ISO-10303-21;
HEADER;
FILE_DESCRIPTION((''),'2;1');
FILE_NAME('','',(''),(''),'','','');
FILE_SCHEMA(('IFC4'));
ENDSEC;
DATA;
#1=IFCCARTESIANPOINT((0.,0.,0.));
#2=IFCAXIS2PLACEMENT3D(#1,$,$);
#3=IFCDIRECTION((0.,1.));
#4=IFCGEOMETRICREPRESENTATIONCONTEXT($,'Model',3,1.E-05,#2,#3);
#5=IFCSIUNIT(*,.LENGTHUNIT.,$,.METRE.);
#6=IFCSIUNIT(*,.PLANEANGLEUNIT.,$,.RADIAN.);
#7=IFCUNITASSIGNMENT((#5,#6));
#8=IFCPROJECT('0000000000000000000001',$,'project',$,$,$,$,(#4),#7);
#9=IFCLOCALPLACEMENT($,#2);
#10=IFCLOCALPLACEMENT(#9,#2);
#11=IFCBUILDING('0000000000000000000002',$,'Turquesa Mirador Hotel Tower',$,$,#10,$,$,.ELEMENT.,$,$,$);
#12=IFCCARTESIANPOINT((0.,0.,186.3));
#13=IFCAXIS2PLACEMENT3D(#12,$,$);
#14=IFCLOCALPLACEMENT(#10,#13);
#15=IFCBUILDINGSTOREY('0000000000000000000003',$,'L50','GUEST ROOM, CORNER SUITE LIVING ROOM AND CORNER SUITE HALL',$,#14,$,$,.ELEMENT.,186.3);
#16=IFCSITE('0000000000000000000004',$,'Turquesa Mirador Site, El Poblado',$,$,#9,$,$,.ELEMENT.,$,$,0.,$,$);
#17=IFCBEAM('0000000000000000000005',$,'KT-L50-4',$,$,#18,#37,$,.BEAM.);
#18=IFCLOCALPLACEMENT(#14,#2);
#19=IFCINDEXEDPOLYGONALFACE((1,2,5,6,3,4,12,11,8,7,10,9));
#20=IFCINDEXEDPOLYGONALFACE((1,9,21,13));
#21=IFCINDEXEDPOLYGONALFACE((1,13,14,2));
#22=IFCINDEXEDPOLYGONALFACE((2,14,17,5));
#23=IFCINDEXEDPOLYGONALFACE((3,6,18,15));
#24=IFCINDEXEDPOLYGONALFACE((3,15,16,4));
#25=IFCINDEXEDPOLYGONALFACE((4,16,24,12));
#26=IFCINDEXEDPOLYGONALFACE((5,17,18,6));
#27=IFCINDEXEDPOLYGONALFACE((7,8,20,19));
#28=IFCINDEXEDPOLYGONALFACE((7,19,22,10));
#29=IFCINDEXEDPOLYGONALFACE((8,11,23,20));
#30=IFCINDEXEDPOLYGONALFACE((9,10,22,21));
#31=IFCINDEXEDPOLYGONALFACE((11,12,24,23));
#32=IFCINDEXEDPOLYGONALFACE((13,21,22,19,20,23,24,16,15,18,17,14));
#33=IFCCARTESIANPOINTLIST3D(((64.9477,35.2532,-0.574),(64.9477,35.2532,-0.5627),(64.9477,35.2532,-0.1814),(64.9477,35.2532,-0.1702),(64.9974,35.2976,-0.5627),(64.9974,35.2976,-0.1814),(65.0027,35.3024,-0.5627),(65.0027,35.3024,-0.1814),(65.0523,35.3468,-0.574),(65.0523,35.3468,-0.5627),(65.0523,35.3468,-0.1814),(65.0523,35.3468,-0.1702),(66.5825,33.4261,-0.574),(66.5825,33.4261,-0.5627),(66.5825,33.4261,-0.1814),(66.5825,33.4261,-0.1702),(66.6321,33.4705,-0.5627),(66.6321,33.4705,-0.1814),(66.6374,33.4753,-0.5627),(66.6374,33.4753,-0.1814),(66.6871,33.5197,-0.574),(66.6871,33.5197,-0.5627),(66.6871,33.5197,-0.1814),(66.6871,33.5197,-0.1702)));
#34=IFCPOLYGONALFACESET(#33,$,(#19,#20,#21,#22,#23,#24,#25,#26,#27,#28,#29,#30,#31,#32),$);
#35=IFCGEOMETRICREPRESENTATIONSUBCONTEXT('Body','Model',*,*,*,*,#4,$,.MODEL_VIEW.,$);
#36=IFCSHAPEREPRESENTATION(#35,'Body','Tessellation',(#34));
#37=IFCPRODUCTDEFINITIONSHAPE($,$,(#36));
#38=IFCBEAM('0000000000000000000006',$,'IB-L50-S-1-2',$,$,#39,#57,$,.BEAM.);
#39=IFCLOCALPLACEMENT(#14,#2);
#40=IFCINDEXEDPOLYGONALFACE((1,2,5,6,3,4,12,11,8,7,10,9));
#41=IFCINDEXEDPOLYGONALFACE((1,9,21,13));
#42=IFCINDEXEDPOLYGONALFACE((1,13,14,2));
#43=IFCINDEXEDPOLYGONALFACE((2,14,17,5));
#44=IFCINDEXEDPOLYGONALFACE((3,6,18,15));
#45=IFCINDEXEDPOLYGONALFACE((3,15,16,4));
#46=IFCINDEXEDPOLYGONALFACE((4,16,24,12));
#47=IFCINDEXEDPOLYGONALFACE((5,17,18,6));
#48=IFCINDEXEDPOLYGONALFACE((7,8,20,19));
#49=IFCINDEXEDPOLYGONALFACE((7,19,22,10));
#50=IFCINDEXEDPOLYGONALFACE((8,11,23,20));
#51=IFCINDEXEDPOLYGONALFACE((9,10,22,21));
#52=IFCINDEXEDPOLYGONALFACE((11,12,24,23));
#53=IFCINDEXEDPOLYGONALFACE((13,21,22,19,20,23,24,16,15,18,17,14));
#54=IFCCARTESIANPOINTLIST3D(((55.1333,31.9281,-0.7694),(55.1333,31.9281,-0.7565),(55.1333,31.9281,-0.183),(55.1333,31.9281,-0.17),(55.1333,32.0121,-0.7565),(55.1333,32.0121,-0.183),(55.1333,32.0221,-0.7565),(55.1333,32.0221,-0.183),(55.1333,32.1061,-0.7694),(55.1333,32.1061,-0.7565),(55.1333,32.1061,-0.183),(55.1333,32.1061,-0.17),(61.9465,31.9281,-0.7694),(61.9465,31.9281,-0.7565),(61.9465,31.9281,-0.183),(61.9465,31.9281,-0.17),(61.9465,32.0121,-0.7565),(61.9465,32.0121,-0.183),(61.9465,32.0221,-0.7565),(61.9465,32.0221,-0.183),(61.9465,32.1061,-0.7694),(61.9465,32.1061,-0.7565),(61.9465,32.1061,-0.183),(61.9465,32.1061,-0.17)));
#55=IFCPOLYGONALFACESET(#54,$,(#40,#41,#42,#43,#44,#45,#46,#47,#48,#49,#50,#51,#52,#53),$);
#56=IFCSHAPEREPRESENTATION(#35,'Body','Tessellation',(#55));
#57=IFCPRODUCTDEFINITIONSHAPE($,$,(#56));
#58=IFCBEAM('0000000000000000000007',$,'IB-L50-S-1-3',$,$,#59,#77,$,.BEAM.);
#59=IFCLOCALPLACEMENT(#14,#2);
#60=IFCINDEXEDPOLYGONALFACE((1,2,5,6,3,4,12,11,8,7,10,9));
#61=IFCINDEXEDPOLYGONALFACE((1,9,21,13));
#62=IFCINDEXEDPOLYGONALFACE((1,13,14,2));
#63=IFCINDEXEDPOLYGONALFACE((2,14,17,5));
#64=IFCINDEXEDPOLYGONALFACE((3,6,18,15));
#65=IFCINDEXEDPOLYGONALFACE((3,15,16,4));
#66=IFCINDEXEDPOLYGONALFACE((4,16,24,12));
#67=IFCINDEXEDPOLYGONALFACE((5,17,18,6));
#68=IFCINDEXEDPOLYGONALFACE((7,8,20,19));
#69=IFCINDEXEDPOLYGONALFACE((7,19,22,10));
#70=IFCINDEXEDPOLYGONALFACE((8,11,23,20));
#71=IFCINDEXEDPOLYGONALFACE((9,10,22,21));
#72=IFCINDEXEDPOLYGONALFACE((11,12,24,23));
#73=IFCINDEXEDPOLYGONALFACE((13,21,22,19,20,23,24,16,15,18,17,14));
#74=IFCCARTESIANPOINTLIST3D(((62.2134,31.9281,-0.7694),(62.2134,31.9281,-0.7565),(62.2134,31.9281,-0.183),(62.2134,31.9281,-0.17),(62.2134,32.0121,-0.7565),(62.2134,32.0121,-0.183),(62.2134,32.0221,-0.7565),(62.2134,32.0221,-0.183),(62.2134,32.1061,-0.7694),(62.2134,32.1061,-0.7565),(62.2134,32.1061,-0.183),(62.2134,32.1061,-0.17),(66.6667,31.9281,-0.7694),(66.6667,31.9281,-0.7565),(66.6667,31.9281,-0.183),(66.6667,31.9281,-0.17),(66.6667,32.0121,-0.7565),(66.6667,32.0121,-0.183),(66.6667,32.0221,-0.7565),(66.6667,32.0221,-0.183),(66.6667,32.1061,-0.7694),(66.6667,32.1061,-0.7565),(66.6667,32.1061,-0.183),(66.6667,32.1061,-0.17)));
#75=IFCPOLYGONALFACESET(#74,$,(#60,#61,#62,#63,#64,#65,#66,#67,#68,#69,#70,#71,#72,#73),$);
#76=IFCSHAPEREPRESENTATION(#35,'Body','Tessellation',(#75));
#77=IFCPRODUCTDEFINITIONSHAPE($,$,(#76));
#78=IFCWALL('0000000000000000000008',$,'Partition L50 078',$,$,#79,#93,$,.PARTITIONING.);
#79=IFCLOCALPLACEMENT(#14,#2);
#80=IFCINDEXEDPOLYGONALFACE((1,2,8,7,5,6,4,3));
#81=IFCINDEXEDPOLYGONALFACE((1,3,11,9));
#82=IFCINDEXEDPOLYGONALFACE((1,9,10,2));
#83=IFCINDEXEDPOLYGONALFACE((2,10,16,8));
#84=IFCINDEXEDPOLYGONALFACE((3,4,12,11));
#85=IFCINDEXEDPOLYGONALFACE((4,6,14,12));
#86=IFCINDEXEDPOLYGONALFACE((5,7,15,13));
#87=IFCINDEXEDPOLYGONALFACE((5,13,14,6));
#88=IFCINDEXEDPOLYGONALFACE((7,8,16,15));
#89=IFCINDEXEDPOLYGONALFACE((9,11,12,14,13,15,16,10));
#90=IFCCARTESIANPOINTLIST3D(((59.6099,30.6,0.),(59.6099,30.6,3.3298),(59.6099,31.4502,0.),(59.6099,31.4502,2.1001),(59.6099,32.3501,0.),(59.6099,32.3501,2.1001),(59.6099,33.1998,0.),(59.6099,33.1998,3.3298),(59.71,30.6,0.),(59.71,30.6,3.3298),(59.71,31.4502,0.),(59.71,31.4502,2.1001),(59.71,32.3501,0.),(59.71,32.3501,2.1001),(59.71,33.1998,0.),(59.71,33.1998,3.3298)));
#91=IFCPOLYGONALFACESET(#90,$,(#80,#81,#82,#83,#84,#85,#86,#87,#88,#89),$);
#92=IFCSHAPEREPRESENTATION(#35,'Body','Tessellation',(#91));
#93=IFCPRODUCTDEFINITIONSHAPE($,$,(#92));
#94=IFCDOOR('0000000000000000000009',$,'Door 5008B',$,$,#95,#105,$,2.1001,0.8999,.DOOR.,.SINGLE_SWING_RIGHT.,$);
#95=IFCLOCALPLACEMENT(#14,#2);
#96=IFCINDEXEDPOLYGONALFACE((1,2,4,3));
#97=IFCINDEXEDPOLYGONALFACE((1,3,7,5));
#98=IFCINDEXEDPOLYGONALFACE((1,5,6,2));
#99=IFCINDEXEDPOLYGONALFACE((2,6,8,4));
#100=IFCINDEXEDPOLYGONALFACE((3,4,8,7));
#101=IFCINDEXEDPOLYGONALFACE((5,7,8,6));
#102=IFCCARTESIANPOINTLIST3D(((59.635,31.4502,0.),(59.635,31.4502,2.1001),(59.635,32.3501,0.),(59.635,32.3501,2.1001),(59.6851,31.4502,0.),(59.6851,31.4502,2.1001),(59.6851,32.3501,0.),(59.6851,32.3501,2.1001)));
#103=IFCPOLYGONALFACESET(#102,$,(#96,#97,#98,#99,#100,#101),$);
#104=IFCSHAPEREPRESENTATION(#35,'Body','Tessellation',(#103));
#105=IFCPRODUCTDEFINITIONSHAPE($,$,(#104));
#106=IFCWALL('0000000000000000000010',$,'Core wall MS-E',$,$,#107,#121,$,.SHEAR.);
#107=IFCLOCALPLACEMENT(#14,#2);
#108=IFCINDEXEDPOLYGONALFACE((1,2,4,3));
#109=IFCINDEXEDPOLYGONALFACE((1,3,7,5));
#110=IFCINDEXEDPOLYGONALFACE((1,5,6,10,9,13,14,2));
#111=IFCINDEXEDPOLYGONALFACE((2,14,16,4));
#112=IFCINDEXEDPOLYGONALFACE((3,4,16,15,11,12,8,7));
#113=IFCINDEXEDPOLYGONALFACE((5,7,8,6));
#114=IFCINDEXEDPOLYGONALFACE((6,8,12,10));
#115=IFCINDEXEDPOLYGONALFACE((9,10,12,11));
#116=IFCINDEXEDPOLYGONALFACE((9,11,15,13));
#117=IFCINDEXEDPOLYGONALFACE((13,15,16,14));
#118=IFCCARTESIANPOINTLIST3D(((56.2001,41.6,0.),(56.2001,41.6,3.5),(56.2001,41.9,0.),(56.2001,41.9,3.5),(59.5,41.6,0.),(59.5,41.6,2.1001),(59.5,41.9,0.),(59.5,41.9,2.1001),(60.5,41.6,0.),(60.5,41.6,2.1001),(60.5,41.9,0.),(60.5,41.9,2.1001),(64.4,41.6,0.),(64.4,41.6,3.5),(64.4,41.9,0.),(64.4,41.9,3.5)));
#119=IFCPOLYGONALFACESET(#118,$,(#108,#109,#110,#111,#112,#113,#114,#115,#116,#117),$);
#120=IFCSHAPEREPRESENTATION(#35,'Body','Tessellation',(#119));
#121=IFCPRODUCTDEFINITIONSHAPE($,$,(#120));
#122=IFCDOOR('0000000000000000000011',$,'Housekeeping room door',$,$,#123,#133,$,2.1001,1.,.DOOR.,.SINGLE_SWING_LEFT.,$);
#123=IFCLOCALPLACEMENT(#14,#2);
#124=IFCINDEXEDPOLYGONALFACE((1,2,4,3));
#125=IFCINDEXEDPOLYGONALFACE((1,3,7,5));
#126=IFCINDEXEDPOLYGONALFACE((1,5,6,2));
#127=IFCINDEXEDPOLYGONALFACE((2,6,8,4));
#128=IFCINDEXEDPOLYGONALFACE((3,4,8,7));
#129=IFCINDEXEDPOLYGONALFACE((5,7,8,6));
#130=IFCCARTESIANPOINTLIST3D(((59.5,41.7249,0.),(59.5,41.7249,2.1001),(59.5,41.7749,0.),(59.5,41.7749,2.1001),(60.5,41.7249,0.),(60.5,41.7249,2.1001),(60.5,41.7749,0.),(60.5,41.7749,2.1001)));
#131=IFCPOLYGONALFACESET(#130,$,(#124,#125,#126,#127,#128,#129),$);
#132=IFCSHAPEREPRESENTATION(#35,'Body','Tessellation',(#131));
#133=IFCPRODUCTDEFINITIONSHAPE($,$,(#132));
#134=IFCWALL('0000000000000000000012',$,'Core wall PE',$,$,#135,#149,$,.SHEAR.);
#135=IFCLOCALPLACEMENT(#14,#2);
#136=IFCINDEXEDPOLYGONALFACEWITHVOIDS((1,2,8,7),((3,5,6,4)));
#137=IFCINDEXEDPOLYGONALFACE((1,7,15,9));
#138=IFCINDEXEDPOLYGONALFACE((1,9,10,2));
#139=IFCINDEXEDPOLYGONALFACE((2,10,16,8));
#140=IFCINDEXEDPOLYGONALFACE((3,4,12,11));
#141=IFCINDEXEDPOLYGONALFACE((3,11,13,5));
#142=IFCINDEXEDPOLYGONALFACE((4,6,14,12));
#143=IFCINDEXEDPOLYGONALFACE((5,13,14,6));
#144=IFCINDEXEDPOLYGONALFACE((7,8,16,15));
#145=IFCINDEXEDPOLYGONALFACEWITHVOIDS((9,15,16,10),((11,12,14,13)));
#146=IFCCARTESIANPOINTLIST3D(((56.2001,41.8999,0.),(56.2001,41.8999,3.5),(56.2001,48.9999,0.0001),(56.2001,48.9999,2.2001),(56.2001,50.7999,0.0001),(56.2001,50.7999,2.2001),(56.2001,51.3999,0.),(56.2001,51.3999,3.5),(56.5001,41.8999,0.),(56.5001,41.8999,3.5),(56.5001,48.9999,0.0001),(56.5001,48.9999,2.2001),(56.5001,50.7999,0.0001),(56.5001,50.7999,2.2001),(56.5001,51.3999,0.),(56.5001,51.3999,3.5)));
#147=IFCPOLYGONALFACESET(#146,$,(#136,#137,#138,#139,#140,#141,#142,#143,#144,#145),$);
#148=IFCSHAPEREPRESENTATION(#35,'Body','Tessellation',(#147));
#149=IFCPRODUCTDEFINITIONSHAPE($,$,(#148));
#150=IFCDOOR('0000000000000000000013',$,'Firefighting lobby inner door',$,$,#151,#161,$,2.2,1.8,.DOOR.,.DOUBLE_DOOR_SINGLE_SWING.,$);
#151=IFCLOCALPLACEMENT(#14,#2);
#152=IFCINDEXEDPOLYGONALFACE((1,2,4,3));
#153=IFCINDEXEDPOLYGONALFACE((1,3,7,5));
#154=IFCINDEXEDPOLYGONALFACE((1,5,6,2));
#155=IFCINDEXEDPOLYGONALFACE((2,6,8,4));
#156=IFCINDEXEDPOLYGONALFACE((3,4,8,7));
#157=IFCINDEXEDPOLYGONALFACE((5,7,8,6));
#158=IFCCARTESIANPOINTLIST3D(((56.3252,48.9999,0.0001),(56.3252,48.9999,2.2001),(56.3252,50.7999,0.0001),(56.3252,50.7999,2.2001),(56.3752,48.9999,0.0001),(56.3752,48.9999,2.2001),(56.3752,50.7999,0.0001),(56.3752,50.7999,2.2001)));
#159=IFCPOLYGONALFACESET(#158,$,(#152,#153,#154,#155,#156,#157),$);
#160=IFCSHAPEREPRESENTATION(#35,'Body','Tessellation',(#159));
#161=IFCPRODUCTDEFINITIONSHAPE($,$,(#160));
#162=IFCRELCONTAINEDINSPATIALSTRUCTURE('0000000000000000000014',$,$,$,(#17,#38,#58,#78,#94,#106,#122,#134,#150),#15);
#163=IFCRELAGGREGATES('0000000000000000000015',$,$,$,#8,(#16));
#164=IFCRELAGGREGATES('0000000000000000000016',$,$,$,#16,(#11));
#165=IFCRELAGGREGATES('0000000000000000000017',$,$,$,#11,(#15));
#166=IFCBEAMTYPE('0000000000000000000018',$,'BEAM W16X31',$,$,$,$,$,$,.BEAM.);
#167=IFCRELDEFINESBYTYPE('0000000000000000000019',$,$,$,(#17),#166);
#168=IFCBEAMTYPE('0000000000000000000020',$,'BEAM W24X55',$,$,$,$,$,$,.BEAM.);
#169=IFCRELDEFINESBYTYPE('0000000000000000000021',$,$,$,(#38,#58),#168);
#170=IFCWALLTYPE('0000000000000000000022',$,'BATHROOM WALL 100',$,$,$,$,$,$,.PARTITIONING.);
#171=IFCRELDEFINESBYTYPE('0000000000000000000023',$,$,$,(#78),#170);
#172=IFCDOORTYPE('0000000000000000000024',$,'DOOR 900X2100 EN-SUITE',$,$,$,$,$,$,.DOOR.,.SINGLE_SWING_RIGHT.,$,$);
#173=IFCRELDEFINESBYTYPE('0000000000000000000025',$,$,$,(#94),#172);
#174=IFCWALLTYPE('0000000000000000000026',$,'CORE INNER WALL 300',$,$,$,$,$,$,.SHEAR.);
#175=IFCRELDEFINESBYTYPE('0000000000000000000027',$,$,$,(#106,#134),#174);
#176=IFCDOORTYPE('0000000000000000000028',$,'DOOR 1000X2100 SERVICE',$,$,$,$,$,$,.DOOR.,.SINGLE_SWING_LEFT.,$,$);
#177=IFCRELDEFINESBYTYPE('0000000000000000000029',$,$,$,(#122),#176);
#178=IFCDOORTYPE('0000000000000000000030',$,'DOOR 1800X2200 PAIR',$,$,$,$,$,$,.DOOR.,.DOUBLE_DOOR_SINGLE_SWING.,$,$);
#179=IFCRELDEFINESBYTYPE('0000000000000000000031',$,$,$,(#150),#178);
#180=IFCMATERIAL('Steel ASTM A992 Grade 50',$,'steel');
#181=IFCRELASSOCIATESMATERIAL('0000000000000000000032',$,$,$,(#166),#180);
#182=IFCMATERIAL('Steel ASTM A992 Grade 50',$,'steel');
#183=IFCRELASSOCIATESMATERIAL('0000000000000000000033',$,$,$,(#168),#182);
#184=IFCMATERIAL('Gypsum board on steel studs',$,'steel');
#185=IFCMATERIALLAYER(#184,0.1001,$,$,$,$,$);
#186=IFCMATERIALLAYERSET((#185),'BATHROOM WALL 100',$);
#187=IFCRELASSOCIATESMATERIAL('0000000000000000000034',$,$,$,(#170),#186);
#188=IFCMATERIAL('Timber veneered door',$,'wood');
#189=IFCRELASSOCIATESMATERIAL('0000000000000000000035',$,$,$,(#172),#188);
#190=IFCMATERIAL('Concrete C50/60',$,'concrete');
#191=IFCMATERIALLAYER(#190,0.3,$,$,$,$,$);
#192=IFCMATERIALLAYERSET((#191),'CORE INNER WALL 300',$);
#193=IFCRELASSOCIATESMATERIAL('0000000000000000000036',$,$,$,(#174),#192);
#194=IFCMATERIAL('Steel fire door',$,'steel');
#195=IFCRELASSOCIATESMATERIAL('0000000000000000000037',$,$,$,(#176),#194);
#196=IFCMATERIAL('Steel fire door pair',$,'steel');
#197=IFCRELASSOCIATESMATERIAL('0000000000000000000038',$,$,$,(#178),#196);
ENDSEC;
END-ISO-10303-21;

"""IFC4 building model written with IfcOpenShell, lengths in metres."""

from ifc_helpers import new_model, si_unit, direction, frame, frame_2d, origin, origin_2d, place, context, subcontext, project, spatial, rectangle, i_section, extrude, material, layer, layer_set, material_profile, profile_set, type_object, element, fill, save


model = new_model("IFC4")

# Units and contexts
model_context = context("Model", 3, precision=1e-05, world=origin(), true_north=direction((0.0, 1.0)))
body_context = subcontext(model_context, "Body", "Model", "MODEL_VIEW")
ifc_project = project(units=[si_unit("LENGTHUNIT", "METRE"), si_unit("PLANEANGLEUNIT", "RADIAN")], contexts=[model_context])

# Site, building, storey
site_placement = place(None, origin())
site = spatial("IfcSite", under=ifc_project, at=site_placement, Name="Turquesa Mirador Site, El Poblado", CompositionType="ELEMENT", RefElevation=0.0)
building_placement = place(site_placement, origin())
building = spatial("IfcBuilding", under=site, at=building_placement, Name="Turquesa Mirador Hotel Tower", CompositionType="ELEMENT")
storey_placement = place(building_placement, frame((0.0, 0.0, 186.3)))
storey = spatial("IfcBuildingStorey", under=building, at=storey_placement, Name="L50", Description="GUEST ROOM, CORNER SUITE LIVING ROOM AND CORNER SUITE HALL", CompositionType="ELEMENT", Elevation=186.3)

# Beams
ifc_material_1 = material(Name="Steel ASTM A992 Grade 50", Category="steel")
ifc_material_profile_1 = material_profile(ifc_material_1, i_section(OverallWidth=0.1404, OverallDepth=0.4038, WebThickness=0.0071, FlangeThickness=0.0112, at=origin_2d()), Name="W16X31")
ifc_profile_set_1 = profile_set([ifc_material_profile_1], Name="Steel ASTM A992 Grade 50")
beam_type_1 = type_object("IfcBeamType", Name="BEAM W16X31", PredefinedType="BEAM", material=ifc_profile_set_1)
beam_1_placement = place(storey_placement, frame((66.6348, 33.4729, -0.3721), z_axis=(-0.666783, 0.745252, 0.0), x_axis=(-0.745252, -0.666783, 0.0)))
element("IfcBeam", 1, at=beam_1_placement, inside=storey, type_object=beam_type_1, Name="KT-L50-4", PredefinedType="BEAM", context=body_context, shape_type="SweptSolid", body=[
    extrude(i_section(OverallWidth=0.1404, OverallDepth=0.4038, WebThickness=0.0071, FlangeThickness=0.0112, at=origin_2d()), origin(), (0.0, 0.0, 1.0), 2.4517),
])
ifc_material_2 = material(Name="Steel ASTM A992 Grade 50", Category="steel")
ifc_material_profile_2 = material_profile(ifc_material_2, i_section(OverallWidth=0.178, OverallDepth=0.5994, WebThickness=0.01, FlangeThickness=0.0129, at=origin_2d()), Name="W24X55")
ifc_profile_set_2 = profile_set([ifc_material_profile_2], Name="Steel ASTM A992 Grade 50")
beam_type_2 = type_object("IfcBeamType", Name="BEAM W24X55", PredefinedType="BEAM", material=ifc_profile_set_2)
beam_2_placement = place(storey_placement, frame((55.1333, 32.0171, -0.4697), z_axis=(1.0, 0.0, 0.0), x_axis=(0.0, 1.0, 0.0)))
element("IfcBeam", 2, at=beam_2_placement, inside=storey, type_object=beam_type_2, Name="IB-L50-S-1-2", PredefinedType="BEAM", context=body_context, shape_type="SweptSolid", body=[
    extrude(i_section(OverallWidth=0.178, OverallDepth=0.5994, WebThickness=0.01, FlangeThickness=0.0129, at=origin_2d()), origin(), (0.0, 0.0, 1.0), 6.8132),
])
beam_3_placement = place(storey_placement, frame((62.2134, 32.0171, -0.4697), z_axis=(1.0, 0.0, 0.0), x_axis=(0.0, 1.0, 0.0)))
element("IfcBeam", 3, at=beam_3_placement, inside=storey, type_object=beam_type_2, Name="IB-L50-S-1-3", PredefinedType="BEAM", context=body_context, shape_type="SweptSolid", body=[
    extrude(i_section(OverallWidth=0.178, OverallDepth=0.5994, WebThickness=0.01, FlangeThickness=0.0129, at=origin_2d()), origin(), (0.0, 0.0, 1.0), 4.4534),
])

# Walls, openings, doors
ifc_material_3 = material(Name="Gypsum board on steel studs", Category="steel")
ifc_layer_1 = layer(ifc_material_3, 0.1001)
ifc_layer_set_1 = layer_set([ifc_layer_1], Name="BATHROOM WALL 100")
wall_type_1 = type_object("IfcWallType", Name="BATHROOM WALL 100", PredefinedType="PARTITIONING", material=ifc_layer_set_1)
wall_1_placement = place(storey_placement, frame((59.6599, 30.6001, 0.0), z_axis=(0.0, 0.0, 1.0), x_axis=(0.0, 1.0, 0.0)))
wall_1 = element("IfcWall", 4, at=wall_1_placement, inside=storey, type_object=wall_type_1, Name="Partition L50 078", PredefinedType="PARTITIONING", context=body_context, shape_type="SweptSolid", body=[
    extrude(rectangle(XDim=2.5999, YDim=0.1001, at=frame_2d((1.2998, 0.0))), origin(), (0.0, 0.0, 1.0), 3.3298),
])
opening_1_placement = place(wall_1_placement, frame((0.8501, 0.0, 0.0)))
opening_1 = element("IfcOpeningElement", 5, at=opening_1_placement, cuts=wall_1, PredefinedType="OPENING", context=body_context, shape_type="SweptSolid", body=[
    extrude(rectangle(XDim=0.8999, YDim=2.1001, at=frame_2d((0.45, 1.05))), frame((0.0, 0.0601, 0.0), z_axis=(0.0, -1.0, 0.0), x_axis=(1.0, 0.0, 0.0)), (0.0, 0.0, 1.0), 0.1201),
])
ifc_material_4 = material(Name="Timber veneered door", Category="wood")
door_type_1 = type_object("IfcDoorType", Name="DOOR 900X2100 EN-SUITE", OperationType="SINGLE_SWING_RIGHT", PredefinedType="DOOR", material=ifc_material_4)
door_1_placement = place(opening_1_placement, origin())
door_1 = element("IfcDoor", 6, at=door_1_placement, inside=storey, type_object=door_type_1, Name="Door 5008B", OperationType="SINGLE_SWING_RIGHT", OverallHeight=2.1001, OverallWidth=0.8999, PredefinedType="DOOR", context=body_context, shape_type="SweptSolid", body=[
    extrude(rectangle(XDim=0.8999, YDim=2.1001, at=frame_2d((0.45, 1.05))), frame((0.0, 0.0249, 0.0), z_axis=(0.0, -1.0, 0.0), x_axis=(1.0, 0.0, 0.0)), (0.0, 0.0, 1.0), 0.05),
])
fill(opening_1, door_1)
ifc_material_5 = material(Name="Concrete C50/60", Category="concrete")
ifc_layer_2 = layer(ifc_material_5, 0.3)
ifc_layer_set_2 = layer_set([ifc_layer_2], Name="CORE INNER WALL 300")
wall_type_2 = type_object("IfcWallType", Name="CORE INNER WALL 300", PredefinedType="SHEAR", material=ifc_layer_set_2)
wall_2_placement = place(storey_placement, frame((56.2, 41.75, 0.0), z_axis=(0.0, 0.0, 1.0), x_axis=(1.0, 0.0, 0.0)))
wall_2 = element("IfcWall", 7, at=wall_2_placement, inside=storey, type_object=wall_type_2, Name="Core wall MS-E", PredefinedType="SHEAR", context=body_context, shape_type="SweptSolid", body=[
    extrude(rectangle(XDim=8.2, YDim=0.3, at=frame_2d((4.1001, 0.0))), origin(), (0.0, 0.0, 1.0), 3.5),
])
opening_2_placement = place(wall_2_placement, frame((3.3, 0.0, 0.0)))
opening_2 = element("IfcOpeningElement", 8, at=opening_2_placement, cuts=wall_2, PredefinedType="OPENING", context=body_context, shape_type="SweptSolid", body=[
    extrude(rectangle(XDim=1.0, YDim=2.1001, at=frame_2d((0.5, 1.05))), frame((0.0, 0.1599, 0.0), z_axis=(0.0, -1.0, 0.0), x_axis=(1.0, 0.0, 0.0)), (0.0, 0.0, 1.0), 0.3201),
])
ifc_material_6 = material(Name="Steel fire door", Category="steel")
door_type_2 = type_object("IfcDoorType", Name="DOOR 1000X2100 SERVICE", OperationType="SINGLE_SWING_LEFT", PredefinedType="DOOR", material=ifc_material_6)
door_2_placement = place(opening_2_placement, origin())
door_2 = element("IfcDoor", 9, at=door_2_placement, inside=storey, type_object=door_type_2, Name="Housekeeping room door", OperationType="SINGLE_SWING_LEFT", OverallHeight=2.1001, OverallWidth=1.0, PredefinedType="DOOR", context=body_context, shape_type="SweptSolid", body=[
    extrude(rectangle(XDim=1.0, YDim=2.1001, at=frame_2d((0.5, 1.05))), frame((0.0, 0.0249, 0.0), z_axis=(0.0, -1.0, 0.0), x_axis=(1.0, 0.0, 0.0)), (0.0, 0.0, 1.0), 0.05),
])
fill(opening_2, door_2)
wall_3_placement = place(storey_placement, frame((56.3501, 41.8999, 0.0), z_axis=(0.0, 0.0, 1.0), x_axis=(0.0, 1.0, 0.0)))
wall_3 = element("IfcWall", 10, at=wall_3_placement, inside=storey, type_object=wall_type_2, Name="Core wall PE", PredefinedType="SHEAR", context=body_context, shape_type="SweptSolid", body=[
    extrude(rectangle(XDim=9.5, YDim=0.3, at=frame_2d((4.75, 0.0))), origin(), (0.0, 0.0, 1.0), 3.5),
])
opening_3_placement = place(wall_3_placement, frame((7.1001, 0.0, 0.0)))
opening_3 = element("IfcOpeningElement", 11, at=opening_3_placement, cuts=wall_3, PredefinedType="OPENING", context=body_context, shape_type="SweptSolid", body=[
    extrude(rectangle(XDim=1.8, YDim=2.2, at=frame_2d((0.8999, 1.1001))), frame((0.0, 0.1599, 0.0), z_axis=(0.0, -1.0, 0.0), x_axis=(1.0, 0.0, 0.0)), (0.0, 0.0, 1.0), 0.3201),
])
ifc_material_7 = material(Name="Steel fire door pair", Category="steel")
door_type_3 = type_object("IfcDoorType", Name="DOOR 1800X2200 PAIR", OperationType="DOUBLE_DOOR_SINGLE_SWING", PredefinedType="DOOR", material=ifc_material_7)
door_3_placement = place(opening_3_placement, origin())
door_3 = element("IfcDoor", 12, at=door_3_placement, inside=storey, type_object=door_type_3, Name="Firefighting lobby inner door", OperationType="DOUBLE_DOOR_SINGLE_SWING", OverallHeight=2.2, OverallWidth=1.8, PredefinedType="DOOR", context=body_context, shape_type="SweptSolid", body=[
    extrude(rectangle(XDim=1.8, YDim=2.2, at=frame_2d((0.8999, 1.1001))), frame((0.0, 0.0249, 0.0), z_axis=(0.0, -1.0, 0.0), x_axis=(1.0, 0.0, 0.0)), (0.0, 0.0, 1.0), 0.05),
])
fill(opening_3, door_3)

save(model, "model.ifc")
